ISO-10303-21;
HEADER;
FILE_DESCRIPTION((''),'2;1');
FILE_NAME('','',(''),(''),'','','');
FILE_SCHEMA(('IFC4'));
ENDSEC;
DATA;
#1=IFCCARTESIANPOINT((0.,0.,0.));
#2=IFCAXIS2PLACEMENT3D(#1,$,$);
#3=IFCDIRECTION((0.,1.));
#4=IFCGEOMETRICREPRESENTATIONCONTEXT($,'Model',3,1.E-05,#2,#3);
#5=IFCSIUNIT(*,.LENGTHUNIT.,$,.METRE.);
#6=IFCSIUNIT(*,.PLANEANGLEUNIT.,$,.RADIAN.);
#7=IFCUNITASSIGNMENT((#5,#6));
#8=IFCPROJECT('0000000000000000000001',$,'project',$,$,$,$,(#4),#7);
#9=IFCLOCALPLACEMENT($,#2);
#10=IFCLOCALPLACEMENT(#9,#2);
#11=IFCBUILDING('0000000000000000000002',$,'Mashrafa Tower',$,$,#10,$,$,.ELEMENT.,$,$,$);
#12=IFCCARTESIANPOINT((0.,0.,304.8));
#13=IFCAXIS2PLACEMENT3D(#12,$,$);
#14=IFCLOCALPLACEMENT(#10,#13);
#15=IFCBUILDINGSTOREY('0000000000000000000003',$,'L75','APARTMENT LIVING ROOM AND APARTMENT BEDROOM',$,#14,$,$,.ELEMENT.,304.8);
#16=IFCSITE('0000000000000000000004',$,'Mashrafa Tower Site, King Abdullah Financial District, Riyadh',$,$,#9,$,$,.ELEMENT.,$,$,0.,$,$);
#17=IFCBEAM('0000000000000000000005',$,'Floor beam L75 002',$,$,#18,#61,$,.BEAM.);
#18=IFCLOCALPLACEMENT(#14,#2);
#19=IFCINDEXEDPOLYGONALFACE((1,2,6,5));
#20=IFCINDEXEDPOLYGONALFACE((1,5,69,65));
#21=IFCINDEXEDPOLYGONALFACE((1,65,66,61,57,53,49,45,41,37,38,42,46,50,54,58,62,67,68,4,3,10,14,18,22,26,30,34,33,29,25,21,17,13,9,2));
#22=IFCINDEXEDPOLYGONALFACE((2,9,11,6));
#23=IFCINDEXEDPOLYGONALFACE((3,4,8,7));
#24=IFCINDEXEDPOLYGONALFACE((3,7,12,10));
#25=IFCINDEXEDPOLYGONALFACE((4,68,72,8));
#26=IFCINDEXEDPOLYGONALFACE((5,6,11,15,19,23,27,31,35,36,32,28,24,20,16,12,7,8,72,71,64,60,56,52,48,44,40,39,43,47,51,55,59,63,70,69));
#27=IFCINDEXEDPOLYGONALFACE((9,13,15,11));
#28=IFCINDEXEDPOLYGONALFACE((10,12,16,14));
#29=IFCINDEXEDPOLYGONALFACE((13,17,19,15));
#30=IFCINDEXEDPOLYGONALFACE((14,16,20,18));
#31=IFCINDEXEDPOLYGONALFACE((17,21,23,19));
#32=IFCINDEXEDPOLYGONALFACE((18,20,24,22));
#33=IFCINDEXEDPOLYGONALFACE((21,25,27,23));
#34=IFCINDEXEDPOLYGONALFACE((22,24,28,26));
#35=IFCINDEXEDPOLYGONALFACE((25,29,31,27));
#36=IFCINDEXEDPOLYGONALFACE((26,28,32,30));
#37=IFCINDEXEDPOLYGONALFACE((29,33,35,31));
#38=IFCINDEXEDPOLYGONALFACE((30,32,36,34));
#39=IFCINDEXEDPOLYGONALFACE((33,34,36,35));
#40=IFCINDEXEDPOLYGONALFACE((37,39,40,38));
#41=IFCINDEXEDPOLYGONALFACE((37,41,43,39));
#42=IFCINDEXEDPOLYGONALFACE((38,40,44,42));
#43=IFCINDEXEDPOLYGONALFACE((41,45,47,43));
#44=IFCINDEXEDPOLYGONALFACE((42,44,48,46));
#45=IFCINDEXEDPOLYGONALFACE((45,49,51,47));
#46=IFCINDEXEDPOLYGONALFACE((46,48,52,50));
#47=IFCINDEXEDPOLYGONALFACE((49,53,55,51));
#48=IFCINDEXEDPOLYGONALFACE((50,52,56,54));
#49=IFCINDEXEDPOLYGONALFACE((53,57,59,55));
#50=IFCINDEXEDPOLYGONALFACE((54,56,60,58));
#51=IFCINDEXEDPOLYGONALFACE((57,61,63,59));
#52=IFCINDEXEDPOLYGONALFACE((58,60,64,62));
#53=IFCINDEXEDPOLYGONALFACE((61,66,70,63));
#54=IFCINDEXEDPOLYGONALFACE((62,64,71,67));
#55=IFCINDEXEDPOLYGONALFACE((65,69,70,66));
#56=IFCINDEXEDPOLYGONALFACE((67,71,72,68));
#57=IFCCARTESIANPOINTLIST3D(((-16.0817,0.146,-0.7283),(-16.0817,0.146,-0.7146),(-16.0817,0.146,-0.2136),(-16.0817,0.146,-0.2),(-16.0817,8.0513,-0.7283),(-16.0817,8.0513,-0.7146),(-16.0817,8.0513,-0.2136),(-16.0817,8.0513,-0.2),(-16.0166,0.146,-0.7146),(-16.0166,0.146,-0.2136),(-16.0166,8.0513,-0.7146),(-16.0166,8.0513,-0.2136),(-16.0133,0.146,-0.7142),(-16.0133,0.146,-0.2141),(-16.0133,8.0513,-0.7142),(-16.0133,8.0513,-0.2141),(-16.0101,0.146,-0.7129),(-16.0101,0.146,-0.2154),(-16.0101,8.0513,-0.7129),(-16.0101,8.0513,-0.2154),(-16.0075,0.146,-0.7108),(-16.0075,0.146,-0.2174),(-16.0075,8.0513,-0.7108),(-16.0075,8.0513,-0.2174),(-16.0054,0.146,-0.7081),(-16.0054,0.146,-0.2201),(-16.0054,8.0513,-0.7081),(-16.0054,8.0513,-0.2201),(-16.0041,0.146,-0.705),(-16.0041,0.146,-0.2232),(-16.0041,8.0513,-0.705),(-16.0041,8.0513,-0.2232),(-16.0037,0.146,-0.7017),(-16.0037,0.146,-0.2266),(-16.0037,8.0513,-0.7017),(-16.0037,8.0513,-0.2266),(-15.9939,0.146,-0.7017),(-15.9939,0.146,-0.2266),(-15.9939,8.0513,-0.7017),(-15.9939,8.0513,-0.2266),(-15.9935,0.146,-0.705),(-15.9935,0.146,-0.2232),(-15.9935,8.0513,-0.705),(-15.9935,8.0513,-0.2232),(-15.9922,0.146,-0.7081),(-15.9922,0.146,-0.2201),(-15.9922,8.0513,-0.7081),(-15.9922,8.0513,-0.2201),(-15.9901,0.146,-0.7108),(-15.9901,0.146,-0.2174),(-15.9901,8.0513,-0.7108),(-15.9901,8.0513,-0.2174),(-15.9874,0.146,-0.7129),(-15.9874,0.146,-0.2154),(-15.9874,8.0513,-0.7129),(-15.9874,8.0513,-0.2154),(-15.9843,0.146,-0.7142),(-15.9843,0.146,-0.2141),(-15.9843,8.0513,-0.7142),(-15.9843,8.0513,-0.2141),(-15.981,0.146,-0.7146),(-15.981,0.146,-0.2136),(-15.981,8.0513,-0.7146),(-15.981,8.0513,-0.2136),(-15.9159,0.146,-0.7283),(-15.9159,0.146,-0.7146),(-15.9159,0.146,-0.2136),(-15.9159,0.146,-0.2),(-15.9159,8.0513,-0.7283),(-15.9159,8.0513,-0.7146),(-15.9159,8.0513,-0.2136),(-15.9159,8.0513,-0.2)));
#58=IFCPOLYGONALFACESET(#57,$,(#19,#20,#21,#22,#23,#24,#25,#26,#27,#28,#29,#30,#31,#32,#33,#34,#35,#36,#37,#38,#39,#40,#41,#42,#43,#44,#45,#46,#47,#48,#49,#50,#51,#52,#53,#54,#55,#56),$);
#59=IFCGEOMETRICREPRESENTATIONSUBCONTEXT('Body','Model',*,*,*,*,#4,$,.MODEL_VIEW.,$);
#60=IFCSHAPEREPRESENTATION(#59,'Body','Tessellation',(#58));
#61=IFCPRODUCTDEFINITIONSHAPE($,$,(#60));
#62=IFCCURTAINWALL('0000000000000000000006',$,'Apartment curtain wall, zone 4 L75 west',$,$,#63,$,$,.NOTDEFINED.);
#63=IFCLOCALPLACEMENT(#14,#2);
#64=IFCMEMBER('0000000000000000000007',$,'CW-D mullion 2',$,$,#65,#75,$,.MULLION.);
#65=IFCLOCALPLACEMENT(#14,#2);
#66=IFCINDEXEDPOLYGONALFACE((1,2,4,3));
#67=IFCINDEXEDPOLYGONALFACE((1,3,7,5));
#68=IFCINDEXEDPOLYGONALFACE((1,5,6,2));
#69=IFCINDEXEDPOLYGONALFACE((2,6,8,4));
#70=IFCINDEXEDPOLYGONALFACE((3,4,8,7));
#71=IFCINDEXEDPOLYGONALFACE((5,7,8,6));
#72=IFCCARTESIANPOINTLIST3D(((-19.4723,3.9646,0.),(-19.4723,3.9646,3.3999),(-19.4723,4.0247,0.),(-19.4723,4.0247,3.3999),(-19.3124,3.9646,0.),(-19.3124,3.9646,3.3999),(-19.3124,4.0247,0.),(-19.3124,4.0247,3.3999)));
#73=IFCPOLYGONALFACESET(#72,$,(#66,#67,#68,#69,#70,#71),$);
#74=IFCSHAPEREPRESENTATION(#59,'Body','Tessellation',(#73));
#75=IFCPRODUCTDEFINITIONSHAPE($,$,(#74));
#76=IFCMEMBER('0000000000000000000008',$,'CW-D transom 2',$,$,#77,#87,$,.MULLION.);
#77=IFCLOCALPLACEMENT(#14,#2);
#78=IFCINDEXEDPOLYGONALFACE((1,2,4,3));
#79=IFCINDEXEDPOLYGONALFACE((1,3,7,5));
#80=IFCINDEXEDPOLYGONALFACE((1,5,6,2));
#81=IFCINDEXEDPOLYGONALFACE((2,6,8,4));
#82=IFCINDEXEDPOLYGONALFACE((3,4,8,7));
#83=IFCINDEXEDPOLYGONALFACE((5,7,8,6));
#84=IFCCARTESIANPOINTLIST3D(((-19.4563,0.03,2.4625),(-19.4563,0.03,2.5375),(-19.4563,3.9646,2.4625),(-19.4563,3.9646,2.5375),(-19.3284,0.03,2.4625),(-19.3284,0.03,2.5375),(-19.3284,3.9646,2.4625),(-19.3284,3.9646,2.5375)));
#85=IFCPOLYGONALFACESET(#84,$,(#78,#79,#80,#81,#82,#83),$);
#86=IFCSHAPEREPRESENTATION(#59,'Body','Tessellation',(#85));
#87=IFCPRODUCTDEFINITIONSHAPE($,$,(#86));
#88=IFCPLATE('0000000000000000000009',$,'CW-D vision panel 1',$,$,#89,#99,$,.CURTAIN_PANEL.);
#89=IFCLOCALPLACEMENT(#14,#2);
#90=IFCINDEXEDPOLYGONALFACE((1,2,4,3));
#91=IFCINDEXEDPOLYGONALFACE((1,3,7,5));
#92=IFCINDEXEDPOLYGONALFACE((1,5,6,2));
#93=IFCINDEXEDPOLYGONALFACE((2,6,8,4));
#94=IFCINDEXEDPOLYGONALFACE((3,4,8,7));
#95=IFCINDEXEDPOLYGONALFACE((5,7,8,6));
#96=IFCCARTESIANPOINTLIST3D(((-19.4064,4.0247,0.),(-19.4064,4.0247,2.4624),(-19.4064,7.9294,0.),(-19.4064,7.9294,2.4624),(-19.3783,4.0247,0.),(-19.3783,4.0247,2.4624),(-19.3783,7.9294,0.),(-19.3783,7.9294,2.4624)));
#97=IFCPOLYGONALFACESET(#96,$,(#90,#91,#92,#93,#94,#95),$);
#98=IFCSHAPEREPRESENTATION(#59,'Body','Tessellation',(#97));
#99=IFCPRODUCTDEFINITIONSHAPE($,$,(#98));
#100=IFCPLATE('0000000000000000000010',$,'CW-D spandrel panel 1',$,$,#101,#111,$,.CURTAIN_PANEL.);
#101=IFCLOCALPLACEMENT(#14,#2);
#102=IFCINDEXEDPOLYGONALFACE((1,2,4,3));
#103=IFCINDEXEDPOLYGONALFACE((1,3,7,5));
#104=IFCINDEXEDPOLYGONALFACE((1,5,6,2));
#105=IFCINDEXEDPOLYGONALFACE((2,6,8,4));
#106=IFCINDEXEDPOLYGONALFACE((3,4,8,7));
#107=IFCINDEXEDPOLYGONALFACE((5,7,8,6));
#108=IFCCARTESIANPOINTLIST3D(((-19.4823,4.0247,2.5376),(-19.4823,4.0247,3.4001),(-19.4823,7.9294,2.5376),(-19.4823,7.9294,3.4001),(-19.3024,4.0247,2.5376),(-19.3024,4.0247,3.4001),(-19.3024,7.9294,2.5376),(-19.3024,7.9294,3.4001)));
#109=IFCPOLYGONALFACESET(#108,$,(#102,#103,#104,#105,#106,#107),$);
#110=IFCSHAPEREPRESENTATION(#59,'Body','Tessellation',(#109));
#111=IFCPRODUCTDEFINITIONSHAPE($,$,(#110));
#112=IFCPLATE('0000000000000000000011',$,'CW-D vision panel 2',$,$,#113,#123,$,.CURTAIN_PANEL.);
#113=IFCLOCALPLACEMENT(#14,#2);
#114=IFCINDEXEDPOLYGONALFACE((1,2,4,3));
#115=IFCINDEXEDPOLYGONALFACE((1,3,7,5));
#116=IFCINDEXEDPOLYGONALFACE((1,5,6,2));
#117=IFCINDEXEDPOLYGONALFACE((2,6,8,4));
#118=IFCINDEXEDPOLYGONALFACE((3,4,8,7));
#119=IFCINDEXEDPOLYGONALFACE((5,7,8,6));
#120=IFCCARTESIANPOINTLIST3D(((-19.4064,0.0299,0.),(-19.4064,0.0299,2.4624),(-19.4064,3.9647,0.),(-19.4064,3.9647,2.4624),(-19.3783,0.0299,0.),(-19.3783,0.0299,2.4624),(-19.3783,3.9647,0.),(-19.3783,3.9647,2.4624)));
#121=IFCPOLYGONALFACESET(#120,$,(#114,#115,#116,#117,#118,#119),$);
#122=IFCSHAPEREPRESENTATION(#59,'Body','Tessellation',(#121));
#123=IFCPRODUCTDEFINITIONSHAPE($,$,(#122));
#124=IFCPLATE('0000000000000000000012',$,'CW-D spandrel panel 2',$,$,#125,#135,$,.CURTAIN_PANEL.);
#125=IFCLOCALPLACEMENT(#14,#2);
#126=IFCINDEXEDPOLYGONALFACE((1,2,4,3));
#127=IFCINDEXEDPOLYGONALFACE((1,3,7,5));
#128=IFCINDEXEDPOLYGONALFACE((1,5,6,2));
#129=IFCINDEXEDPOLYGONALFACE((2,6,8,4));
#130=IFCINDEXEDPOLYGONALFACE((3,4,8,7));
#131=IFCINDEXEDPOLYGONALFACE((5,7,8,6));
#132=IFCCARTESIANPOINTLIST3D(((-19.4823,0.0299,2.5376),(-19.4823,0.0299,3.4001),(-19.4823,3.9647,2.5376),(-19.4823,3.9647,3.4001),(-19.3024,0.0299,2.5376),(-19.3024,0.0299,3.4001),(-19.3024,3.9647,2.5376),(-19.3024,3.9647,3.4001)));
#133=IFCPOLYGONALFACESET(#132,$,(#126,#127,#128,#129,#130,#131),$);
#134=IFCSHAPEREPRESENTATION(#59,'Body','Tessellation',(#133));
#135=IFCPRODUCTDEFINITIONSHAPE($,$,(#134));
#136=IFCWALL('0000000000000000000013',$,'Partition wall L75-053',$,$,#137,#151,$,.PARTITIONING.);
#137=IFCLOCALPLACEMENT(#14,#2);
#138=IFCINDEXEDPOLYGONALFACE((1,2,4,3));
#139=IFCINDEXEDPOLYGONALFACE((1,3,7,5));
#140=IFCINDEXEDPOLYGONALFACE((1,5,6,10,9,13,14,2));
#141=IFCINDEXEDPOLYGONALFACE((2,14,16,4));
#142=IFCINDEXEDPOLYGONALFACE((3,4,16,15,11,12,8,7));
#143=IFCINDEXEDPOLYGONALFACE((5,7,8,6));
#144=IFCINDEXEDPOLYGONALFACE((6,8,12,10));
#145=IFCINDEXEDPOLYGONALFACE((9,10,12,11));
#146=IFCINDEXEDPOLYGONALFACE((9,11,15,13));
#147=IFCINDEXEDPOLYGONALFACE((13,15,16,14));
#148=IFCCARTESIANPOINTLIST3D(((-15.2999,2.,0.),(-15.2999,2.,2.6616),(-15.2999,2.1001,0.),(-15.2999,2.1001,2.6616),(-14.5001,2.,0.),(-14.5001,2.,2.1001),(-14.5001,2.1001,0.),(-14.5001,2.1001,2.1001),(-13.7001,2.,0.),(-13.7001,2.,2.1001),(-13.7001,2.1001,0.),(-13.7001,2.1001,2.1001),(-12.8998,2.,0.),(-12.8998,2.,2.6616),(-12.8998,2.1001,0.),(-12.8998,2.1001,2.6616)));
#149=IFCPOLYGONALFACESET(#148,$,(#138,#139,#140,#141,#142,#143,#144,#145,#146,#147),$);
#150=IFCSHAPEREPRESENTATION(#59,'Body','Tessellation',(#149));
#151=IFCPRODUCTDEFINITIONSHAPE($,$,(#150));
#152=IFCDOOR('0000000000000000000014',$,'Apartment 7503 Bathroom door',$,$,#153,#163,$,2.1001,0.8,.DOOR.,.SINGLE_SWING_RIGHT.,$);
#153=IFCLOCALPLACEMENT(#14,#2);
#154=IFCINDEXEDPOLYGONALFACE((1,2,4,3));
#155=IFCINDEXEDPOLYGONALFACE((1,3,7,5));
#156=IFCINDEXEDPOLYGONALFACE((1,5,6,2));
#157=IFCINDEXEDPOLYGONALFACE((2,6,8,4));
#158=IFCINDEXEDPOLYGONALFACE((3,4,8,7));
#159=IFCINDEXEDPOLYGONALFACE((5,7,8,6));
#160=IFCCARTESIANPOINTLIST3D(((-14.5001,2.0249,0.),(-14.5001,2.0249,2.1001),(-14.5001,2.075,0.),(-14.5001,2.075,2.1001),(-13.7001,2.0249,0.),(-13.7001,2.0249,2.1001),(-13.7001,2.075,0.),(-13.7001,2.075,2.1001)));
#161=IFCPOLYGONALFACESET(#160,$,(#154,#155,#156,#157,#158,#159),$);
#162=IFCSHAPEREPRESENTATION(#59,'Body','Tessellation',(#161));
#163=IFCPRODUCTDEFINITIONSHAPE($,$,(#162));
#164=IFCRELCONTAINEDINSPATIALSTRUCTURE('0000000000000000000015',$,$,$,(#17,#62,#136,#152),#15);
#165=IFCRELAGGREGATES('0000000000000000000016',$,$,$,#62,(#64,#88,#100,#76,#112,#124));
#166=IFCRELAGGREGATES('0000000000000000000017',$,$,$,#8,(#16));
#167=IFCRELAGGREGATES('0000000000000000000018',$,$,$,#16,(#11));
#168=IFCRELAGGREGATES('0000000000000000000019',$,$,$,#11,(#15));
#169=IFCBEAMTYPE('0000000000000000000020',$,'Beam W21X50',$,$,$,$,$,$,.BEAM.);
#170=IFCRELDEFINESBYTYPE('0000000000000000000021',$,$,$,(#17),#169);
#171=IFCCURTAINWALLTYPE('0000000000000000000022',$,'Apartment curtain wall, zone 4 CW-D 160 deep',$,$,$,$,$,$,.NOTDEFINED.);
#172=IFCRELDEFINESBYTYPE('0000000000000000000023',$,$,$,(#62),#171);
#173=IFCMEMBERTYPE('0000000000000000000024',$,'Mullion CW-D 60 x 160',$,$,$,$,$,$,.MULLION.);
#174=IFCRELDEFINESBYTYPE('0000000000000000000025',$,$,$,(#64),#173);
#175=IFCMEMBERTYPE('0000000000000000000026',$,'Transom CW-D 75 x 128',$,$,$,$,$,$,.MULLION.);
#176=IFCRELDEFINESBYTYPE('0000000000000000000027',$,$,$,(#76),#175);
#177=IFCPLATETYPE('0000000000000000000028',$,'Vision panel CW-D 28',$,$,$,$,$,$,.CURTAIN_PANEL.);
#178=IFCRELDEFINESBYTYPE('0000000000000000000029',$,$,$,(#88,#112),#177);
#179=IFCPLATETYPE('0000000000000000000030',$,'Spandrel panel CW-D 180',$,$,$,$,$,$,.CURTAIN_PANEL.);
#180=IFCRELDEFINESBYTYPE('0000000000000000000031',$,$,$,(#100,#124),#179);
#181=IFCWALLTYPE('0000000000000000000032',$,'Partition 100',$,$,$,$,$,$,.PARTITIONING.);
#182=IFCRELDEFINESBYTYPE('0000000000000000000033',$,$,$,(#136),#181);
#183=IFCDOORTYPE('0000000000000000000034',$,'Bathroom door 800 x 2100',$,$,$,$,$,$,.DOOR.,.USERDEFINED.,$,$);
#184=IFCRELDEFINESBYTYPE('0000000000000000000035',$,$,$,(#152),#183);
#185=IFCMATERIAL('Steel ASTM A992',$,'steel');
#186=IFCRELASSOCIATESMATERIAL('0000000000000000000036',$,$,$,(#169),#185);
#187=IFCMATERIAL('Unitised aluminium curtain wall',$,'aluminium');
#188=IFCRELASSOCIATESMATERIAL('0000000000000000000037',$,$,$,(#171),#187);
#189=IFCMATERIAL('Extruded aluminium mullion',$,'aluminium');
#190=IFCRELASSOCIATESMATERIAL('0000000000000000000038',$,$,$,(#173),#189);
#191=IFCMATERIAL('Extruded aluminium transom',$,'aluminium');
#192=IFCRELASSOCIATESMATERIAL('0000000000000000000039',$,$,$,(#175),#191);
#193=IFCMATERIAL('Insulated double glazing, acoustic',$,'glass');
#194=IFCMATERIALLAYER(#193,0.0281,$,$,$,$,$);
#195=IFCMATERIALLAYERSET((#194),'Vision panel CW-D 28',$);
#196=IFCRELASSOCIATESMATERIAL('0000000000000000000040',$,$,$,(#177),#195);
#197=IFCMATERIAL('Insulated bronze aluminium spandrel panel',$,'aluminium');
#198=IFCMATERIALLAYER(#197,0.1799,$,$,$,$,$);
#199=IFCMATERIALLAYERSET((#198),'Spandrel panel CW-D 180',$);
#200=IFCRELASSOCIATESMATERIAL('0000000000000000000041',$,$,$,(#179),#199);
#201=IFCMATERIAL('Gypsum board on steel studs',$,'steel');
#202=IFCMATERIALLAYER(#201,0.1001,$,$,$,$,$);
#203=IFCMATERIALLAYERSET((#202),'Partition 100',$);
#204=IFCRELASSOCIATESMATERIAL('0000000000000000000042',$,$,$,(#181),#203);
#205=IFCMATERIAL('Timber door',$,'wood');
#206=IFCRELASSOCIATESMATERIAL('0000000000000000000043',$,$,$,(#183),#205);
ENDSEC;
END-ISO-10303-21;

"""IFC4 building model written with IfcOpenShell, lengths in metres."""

from ifc_helpers import new_model, si_unit, direction, frame, frame_2d, origin, origin_2d, place, context, subcontext, project, spatial, rectangle, i_section, extrude, source, transform, mapped, material, layer, layer_set, material_profile, profile_set, type_object, type_shapes, element, fill, aggregate, save


model = new_model("IFC4")

# Units and contexts
model_context = context("Model", 3, precision=1e-05, world=origin(), true_north=direction((0.0, 1.0)))
body_context = subcontext(model_context, "Body", "Model", "MODEL_VIEW")
ifc_project = project(units=[si_unit("LENGTHUNIT", "METRE"), si_unit("PLANEANGLEUNIT", "RADIAN")], contexts=[model_context])

# Site, building, storey
site_placement = place(None, origin())
site = spatial("IfcSite", under=ifc_project, at=site_placement, Name="Mashrafa Tower Site, King Abdullah Financial District, Riyadh", CompositionType="ELEMENT", RefElevation=0.0)
building_placement = place(site_placement, origin())
building = spatial("IfcBuilding", under=site, at=building_placement, Name="Mashrafa Tower", CompositionType="ELEMENT")
storey_placement = place(building_placement, frame((0.0, 0.0, 304.8)))
storey = spatial("IfcBuildingStorey", under=building, at=storey_placement, Name="L75", Description="APARTMENT LIVING ROOM AND APARTMENT BEDROOM", CompositionType="ELEMENT", Elevation=304.8)

# Beam
ifc_material_1 = material(Name="Steel ASTM A992", Category="steel")
ifc_material_profile_1 = material_profile(ifc_material_1, i_section(OverallWidth=0.1658, OverallDepth=0.5283, WebThickness=0.0098, FlangeThickness=0.0137, FilletRadius=0.0129, at=origin_2d()), Name="W21X50")
ifc_profile_set_1 = profile_set([ifc_material_profile_1], Name="Steel ASTM A992")
beam_type = type_object("IfcBeamType", Name="Beam W21X50", PredefinedType="BEAM", material=ifc_profile_set_1)
beam_placement = place(storey_placement, frame((-15.9988, 0.146, -0.4641), z_axis=(0.0, 1.0, 0.0), x_axis=(-1.0, 0.0, 0.0)))
element("IfcBeam", 1, at=beam_placement, inside=storey, type_object=beam_type, Name="Floor beam L75 002", PredefinedType="BEAM", context=body_context, shape_type="SweptSolid", body=[
    extrude(i_section(OverallWidth=0.1658, OverallDepth=0.5283, WebThickness=0.0098, FlangeThickness=0.0137, FilletRadius=0.0129, at=origin_2d()), origin(), (0.0, 0.0, 1.0), 7.9053),
])

# Curtain wall, members, plates
ifc_material_2 = material(Name="Unitised aluminium curtain wall", Category="aluminium")
curtain_wall_type = type_object("IfcCurtainWallType", Name="Apartment curtain wall, zone 4 CW-D 160 deep", PredefinedType="NOTDEFINED", material=ifc_material_2)
curtain_wall_placement = place(storey_placement, origin())
curtain_wall = element("IfcCurtainWall", 2, at=curtain_wall_placement, inside=storey, type_object=curtain_wall_type, Name="Apartment curtain wall, zone 4 L75 west", PredefinedType="NOTDEFINED")
ifc_material_3 = material(Name="Extruded aluminium mullion", Category="aluminium")
ifc_material_profile_2 = material_profile(ifc_material_3, rectangle(XDim=0.1599, YDim=0.0601, at=origin_2d()), Name="Mullion 60x160")
ifc_profile_set_2 = profile_set([ifc_material_profile_2], Name="Extruded aluminium mullion")
member_type_1 = type_object("IfcMemberType", Name="Mullion CW-D 60 x 160", PredefinedType="MULLION", material=ifc_profile_set_2)
shared_shape_1 = source(origin(), body_context, "Body", "SweptSolid", [
    extrude(rectangle(XDim=0.1599, YDim=0.0601, at=origin_2d()), origin(), (0.0, 0.0, 1.0), 3.3999),
])
type_shapes(member_type_1, [shared_shape_1])
member_1_placement = place(storey_placement, frame((-19.3923, 3.9946, 0.0), z_axis=(0.0, 0.0, 1.0), x_axis=(1.0, 0.0, 0.0)))
member_1 = element("IfcMember", 3, at=member_1_placement, type_object=member_type_1, Name="CW-D mullion 2", PredefinedType="MULLION", context=body_context, shape_type="MappedRepresentation", body=[
    mapped(shared_shape_1, transform((0.0, 0.0, 0.0))),
])
ifc_material_4 = material(Name="Extruded aluminium transom", Category="aluminium")
ifc_material_profile_3 = material_profile(ifc_material_4, rectangle(XDim=0.1279, YDim=0.075, at=origin_2d()), Name="Transom 75x128")
ifc_profile_set_3 = profile_set([ifc_material_profile_3], Name="Extruded aluminium transom")
member_type_2 = type_object("IfcMemberType", Name="Transom CW-D 75 x 128", PredefinedType="MULLION", material=ifc_profile_set_3)
shared_shape_2 = source(origin(), body_context, "Body", "SweptSolid", [
    extrude(rectangle(XDim=0.1279, YDim=0.075, at=origin_2d()), origin(), (0.0, 0.0, 1.0), 3.9346),
])
type_shapes(member_type_2, [shared_shape_2])
member_2_placement = place(storey_placement, frame((-19.3923, 3.9646, 2.5), z_axis=(0.0, -1.0, 0.0), x_axis=(1.0, 0.0, 0.0)))
member_2 = element("IfcMember", 4, at=member_2_placement, type_object=member_type_2, Name="CW-D transom 2", PredefinedType="MULLION", context=body_context, shape_type="MappedRepresentation", body=[
    mapped(shared_shape_2, transform((0.0, 0.0, 0.0))),
])
ifc_material_5 = material(Name="Insulated double glazing, acoustic", Category="glass")
ifc_layer_1 = layer(ifc_material_5, 0.0281)
ifc_layer_set_1 = layer_set([ifc_layer_1], Name="Vision panel CW-D 28")
plate_type_1 = type_object("IfcPlateType", Name="Vision panel CW-D 28", PredefinedType="CURTAIN_PANEL", material=ifc_layer_set_1)
shared_shape_3 = source(origin(), body_context, "Body", "SweptSolid", [
    extrude(rectangle(XDim=3.9048, YDim=0.0281, at=origin_2d()), origin(), (0.0, 0.0, 1.0), 2.4624),
])
plate_1_placement = place(storey_placement, frame((-19.3923, 5.9771, 0.0), z_axis=(0.0, 0.0, 1.0), x_axis=(0.0, -1.0, 0.0)))
plate_1 = element("IfcPlate", 5, at=plate_1_placement, type_object=plate_type_1, Name="CW-D vision panel 1", PredefinedType="CURTAIN_PANEL", context=body_context, shape_type="MappedRepresentation", body=[
    mapped(shared_shape_3, transform((0.0, 0.0, 0.0))),
])
ifc_material_6 = material(Name="Insulated bronze aluminium spandrel panel", Category="aluminium")
ifc_layer_2 = layer(ifc_material_6, 0.1799)
ifc_layer_set_2 = layer_set([ifc_layer_2], Name="Spandrel panel CW-D 180")
plate_type_2 = type_object("IfcPlateType", Name="Spandrel panel CW-D 180", PredefinedType="CURTAIN_PANEL", material=ifc_layer_set_2)
shared_shape_4 = source(origin(), body_context, "Body", "SweptSolid", [
    extrude(rectangle(XDim=3.9048, YDim=0.1799, at=origin_2d()), origin(), (0.0, 0.0, 1.0), 0.8625),
])
plate_2_placement = place(storey_placement, frame((-19.3923, 5.9771, 2.5376), z_axis=(0.0, 0.0, 1.0), x_axis=(0.0, -1.0, 0.0)))
plate_2 = element("IfcPlate", 6, at=plate_2_placement, type_object=plate_type_2, Name="CW-D spandrel panel 1", PredefinedType="CURTAIN_PANEL", context=body_context, shape_type="MappedRepresentation", body=[
    mapped(shared_shape_4, transform((0.0, 0.0, 0.0))),
])
shared_shape_5 = source(origin(), body_context, "Body", "SweptSolid", [
    extrude(rectangle(XDim=3.9348, YDim=0.0281, at=origin_2d()), origin(), (0.0, 0.0, 1.0), 2.4624),
])
type_shapes(plate_type_1, [shared_shape_3, shared_shape_5])
plate_3_placement = place(storey_placement, frame((-19.3923, 1.9973, 0.0), z_axis=(0.0, 0.0, 1.0), x_axis=(0.0, -1.0, 0.0)))
plate_3 = element("IfcPlate", 7, at=plate_3_placement, type_object=plate_type_1, Name="CW-D vision panel 2", PredefinedType="CURTAIN_PANEL", context=body_context, shape_type="MappedRepresentation", body=[
    mapped(shared_shape_5, transform((0.0, 0.0, 0.0))),
])
shared_shape_6 = source(origin(), body_context, "Body", "SweptSolid", [
    extrude(rectangle(XDim=3.9348, YDim=0.1799, at=origin_2d()), origin(), (0.0, 0.0, 1.0), 0.8625),
])
type_shapes(plate_type_2, [shared_shape_4, shared_shape_6])
plate_4_placement = place(storey_placement, frame((-19.3923, 1.9973, 2.5376), z_axis=(0.0, 0.0, 1.0), x_axis=(0.0, -1.0, 0.0)))
plate_4 = element("IfcPlate", 8, at=plate_4_placement, type_object=plate_type_2, Name="CW-D spandrel panel 2", PredefinedType="CURTAIN_PANEL", context=body_context, shape_type="MappedRepresentation", body=[
    mapped(shared_shape_6, transform((0.0, 0.0, 0.0))),
])
aggregate(curtain_wall, [member_1, plate_1, plate_2, member_2, plate_3, plate_4])

# Wall, opening, door
ifc_material_7 = material(Name="Gypsum board on steel studs", Category="steel")
ifc_layer_3 = layer(ifc_material_7, 0.1001)
ifc_layer_set_3 = layer_set([ifc_layer_3], Name="Partition 100")
wall_type = type_object("IfcWallType", Name="Partition 100", PredefinedType="PARTITIONING", material=ifc_layer_set_3)
wall_1_placement = place(storey_placement, frame((-15.3, 2.05, 0.0), z_axis=(0.0, 0.0, 1.0), x_axis=(1.0, 0.0, 0.0)))
wall_1 = element("IfcWall", 9, at=wall_1_placement, inside=storey, type_object=wall_type, Name="Partition wall L75-053", PredefinedType="PARTITIONING", context=body_context, shape_type="SweptSolid", body=[
    extrude(rectangle(XDim=2.4001, YDim=0.1001, at=frame_2d((1.2002, 0.0))), origin(), (0.0, 0.0, 1.0), 2.6616),
])
opening_placement = place(wall_1_placement, frame((0.8, 0.0, 0.0)))
opening = element("IfcOpeningElement", 10, at=opening_placement, cuts=wall_1, PredefinedType="OPENING", context=body_context, shape_type="SweptSolid", body=[
    extrude(rectangle(XDim=0.8, YDim=2.1001, at=frame_2d((0.3999, 1.05))), frame((0.0, 0.0601, 0.0), z_axis=(0.0, -1.0, 0.0), x_axis=(1.0, 0.0, 0.0)), (0.0, 0.0, 1.0), 0.1201),
])
ifc_material_8 = material(Name="Timber door", Category="wood")
door_type = type_object("IfcDoorType", Name="Bathroom door 800 x 2100", OperationType="USERDEFINED", PredefinedType="DOOR", material=ifc_material_8)
door_placement = place(opening_placement, origin())
door = element("IfcDoor", 11, at=door_placement, inside=storey, type_object=door_type, Name="Apartment 7503 Bathroom door", OperationType="SINGLE_SWING_RIGHT", OverallHeight=2.1001, OverallWidth=0.8, PredefinedType="DOOR", context=body_context, shape_type="SweptSolid", body=[
    extrude(rectangle(XDim=0.8, YDim=2.1001, at=frame_2d((0.3999, 1.05))), frame((0.0, 0.0249, 0.0), z_axis=(0.0, -1.0, 0.0), x_axis=(1.0, 0.0, 0.0)), (0.0, 0.0, 1.0), 0.05),
])
fill(opening, door)

save(model, "model.ifc")
